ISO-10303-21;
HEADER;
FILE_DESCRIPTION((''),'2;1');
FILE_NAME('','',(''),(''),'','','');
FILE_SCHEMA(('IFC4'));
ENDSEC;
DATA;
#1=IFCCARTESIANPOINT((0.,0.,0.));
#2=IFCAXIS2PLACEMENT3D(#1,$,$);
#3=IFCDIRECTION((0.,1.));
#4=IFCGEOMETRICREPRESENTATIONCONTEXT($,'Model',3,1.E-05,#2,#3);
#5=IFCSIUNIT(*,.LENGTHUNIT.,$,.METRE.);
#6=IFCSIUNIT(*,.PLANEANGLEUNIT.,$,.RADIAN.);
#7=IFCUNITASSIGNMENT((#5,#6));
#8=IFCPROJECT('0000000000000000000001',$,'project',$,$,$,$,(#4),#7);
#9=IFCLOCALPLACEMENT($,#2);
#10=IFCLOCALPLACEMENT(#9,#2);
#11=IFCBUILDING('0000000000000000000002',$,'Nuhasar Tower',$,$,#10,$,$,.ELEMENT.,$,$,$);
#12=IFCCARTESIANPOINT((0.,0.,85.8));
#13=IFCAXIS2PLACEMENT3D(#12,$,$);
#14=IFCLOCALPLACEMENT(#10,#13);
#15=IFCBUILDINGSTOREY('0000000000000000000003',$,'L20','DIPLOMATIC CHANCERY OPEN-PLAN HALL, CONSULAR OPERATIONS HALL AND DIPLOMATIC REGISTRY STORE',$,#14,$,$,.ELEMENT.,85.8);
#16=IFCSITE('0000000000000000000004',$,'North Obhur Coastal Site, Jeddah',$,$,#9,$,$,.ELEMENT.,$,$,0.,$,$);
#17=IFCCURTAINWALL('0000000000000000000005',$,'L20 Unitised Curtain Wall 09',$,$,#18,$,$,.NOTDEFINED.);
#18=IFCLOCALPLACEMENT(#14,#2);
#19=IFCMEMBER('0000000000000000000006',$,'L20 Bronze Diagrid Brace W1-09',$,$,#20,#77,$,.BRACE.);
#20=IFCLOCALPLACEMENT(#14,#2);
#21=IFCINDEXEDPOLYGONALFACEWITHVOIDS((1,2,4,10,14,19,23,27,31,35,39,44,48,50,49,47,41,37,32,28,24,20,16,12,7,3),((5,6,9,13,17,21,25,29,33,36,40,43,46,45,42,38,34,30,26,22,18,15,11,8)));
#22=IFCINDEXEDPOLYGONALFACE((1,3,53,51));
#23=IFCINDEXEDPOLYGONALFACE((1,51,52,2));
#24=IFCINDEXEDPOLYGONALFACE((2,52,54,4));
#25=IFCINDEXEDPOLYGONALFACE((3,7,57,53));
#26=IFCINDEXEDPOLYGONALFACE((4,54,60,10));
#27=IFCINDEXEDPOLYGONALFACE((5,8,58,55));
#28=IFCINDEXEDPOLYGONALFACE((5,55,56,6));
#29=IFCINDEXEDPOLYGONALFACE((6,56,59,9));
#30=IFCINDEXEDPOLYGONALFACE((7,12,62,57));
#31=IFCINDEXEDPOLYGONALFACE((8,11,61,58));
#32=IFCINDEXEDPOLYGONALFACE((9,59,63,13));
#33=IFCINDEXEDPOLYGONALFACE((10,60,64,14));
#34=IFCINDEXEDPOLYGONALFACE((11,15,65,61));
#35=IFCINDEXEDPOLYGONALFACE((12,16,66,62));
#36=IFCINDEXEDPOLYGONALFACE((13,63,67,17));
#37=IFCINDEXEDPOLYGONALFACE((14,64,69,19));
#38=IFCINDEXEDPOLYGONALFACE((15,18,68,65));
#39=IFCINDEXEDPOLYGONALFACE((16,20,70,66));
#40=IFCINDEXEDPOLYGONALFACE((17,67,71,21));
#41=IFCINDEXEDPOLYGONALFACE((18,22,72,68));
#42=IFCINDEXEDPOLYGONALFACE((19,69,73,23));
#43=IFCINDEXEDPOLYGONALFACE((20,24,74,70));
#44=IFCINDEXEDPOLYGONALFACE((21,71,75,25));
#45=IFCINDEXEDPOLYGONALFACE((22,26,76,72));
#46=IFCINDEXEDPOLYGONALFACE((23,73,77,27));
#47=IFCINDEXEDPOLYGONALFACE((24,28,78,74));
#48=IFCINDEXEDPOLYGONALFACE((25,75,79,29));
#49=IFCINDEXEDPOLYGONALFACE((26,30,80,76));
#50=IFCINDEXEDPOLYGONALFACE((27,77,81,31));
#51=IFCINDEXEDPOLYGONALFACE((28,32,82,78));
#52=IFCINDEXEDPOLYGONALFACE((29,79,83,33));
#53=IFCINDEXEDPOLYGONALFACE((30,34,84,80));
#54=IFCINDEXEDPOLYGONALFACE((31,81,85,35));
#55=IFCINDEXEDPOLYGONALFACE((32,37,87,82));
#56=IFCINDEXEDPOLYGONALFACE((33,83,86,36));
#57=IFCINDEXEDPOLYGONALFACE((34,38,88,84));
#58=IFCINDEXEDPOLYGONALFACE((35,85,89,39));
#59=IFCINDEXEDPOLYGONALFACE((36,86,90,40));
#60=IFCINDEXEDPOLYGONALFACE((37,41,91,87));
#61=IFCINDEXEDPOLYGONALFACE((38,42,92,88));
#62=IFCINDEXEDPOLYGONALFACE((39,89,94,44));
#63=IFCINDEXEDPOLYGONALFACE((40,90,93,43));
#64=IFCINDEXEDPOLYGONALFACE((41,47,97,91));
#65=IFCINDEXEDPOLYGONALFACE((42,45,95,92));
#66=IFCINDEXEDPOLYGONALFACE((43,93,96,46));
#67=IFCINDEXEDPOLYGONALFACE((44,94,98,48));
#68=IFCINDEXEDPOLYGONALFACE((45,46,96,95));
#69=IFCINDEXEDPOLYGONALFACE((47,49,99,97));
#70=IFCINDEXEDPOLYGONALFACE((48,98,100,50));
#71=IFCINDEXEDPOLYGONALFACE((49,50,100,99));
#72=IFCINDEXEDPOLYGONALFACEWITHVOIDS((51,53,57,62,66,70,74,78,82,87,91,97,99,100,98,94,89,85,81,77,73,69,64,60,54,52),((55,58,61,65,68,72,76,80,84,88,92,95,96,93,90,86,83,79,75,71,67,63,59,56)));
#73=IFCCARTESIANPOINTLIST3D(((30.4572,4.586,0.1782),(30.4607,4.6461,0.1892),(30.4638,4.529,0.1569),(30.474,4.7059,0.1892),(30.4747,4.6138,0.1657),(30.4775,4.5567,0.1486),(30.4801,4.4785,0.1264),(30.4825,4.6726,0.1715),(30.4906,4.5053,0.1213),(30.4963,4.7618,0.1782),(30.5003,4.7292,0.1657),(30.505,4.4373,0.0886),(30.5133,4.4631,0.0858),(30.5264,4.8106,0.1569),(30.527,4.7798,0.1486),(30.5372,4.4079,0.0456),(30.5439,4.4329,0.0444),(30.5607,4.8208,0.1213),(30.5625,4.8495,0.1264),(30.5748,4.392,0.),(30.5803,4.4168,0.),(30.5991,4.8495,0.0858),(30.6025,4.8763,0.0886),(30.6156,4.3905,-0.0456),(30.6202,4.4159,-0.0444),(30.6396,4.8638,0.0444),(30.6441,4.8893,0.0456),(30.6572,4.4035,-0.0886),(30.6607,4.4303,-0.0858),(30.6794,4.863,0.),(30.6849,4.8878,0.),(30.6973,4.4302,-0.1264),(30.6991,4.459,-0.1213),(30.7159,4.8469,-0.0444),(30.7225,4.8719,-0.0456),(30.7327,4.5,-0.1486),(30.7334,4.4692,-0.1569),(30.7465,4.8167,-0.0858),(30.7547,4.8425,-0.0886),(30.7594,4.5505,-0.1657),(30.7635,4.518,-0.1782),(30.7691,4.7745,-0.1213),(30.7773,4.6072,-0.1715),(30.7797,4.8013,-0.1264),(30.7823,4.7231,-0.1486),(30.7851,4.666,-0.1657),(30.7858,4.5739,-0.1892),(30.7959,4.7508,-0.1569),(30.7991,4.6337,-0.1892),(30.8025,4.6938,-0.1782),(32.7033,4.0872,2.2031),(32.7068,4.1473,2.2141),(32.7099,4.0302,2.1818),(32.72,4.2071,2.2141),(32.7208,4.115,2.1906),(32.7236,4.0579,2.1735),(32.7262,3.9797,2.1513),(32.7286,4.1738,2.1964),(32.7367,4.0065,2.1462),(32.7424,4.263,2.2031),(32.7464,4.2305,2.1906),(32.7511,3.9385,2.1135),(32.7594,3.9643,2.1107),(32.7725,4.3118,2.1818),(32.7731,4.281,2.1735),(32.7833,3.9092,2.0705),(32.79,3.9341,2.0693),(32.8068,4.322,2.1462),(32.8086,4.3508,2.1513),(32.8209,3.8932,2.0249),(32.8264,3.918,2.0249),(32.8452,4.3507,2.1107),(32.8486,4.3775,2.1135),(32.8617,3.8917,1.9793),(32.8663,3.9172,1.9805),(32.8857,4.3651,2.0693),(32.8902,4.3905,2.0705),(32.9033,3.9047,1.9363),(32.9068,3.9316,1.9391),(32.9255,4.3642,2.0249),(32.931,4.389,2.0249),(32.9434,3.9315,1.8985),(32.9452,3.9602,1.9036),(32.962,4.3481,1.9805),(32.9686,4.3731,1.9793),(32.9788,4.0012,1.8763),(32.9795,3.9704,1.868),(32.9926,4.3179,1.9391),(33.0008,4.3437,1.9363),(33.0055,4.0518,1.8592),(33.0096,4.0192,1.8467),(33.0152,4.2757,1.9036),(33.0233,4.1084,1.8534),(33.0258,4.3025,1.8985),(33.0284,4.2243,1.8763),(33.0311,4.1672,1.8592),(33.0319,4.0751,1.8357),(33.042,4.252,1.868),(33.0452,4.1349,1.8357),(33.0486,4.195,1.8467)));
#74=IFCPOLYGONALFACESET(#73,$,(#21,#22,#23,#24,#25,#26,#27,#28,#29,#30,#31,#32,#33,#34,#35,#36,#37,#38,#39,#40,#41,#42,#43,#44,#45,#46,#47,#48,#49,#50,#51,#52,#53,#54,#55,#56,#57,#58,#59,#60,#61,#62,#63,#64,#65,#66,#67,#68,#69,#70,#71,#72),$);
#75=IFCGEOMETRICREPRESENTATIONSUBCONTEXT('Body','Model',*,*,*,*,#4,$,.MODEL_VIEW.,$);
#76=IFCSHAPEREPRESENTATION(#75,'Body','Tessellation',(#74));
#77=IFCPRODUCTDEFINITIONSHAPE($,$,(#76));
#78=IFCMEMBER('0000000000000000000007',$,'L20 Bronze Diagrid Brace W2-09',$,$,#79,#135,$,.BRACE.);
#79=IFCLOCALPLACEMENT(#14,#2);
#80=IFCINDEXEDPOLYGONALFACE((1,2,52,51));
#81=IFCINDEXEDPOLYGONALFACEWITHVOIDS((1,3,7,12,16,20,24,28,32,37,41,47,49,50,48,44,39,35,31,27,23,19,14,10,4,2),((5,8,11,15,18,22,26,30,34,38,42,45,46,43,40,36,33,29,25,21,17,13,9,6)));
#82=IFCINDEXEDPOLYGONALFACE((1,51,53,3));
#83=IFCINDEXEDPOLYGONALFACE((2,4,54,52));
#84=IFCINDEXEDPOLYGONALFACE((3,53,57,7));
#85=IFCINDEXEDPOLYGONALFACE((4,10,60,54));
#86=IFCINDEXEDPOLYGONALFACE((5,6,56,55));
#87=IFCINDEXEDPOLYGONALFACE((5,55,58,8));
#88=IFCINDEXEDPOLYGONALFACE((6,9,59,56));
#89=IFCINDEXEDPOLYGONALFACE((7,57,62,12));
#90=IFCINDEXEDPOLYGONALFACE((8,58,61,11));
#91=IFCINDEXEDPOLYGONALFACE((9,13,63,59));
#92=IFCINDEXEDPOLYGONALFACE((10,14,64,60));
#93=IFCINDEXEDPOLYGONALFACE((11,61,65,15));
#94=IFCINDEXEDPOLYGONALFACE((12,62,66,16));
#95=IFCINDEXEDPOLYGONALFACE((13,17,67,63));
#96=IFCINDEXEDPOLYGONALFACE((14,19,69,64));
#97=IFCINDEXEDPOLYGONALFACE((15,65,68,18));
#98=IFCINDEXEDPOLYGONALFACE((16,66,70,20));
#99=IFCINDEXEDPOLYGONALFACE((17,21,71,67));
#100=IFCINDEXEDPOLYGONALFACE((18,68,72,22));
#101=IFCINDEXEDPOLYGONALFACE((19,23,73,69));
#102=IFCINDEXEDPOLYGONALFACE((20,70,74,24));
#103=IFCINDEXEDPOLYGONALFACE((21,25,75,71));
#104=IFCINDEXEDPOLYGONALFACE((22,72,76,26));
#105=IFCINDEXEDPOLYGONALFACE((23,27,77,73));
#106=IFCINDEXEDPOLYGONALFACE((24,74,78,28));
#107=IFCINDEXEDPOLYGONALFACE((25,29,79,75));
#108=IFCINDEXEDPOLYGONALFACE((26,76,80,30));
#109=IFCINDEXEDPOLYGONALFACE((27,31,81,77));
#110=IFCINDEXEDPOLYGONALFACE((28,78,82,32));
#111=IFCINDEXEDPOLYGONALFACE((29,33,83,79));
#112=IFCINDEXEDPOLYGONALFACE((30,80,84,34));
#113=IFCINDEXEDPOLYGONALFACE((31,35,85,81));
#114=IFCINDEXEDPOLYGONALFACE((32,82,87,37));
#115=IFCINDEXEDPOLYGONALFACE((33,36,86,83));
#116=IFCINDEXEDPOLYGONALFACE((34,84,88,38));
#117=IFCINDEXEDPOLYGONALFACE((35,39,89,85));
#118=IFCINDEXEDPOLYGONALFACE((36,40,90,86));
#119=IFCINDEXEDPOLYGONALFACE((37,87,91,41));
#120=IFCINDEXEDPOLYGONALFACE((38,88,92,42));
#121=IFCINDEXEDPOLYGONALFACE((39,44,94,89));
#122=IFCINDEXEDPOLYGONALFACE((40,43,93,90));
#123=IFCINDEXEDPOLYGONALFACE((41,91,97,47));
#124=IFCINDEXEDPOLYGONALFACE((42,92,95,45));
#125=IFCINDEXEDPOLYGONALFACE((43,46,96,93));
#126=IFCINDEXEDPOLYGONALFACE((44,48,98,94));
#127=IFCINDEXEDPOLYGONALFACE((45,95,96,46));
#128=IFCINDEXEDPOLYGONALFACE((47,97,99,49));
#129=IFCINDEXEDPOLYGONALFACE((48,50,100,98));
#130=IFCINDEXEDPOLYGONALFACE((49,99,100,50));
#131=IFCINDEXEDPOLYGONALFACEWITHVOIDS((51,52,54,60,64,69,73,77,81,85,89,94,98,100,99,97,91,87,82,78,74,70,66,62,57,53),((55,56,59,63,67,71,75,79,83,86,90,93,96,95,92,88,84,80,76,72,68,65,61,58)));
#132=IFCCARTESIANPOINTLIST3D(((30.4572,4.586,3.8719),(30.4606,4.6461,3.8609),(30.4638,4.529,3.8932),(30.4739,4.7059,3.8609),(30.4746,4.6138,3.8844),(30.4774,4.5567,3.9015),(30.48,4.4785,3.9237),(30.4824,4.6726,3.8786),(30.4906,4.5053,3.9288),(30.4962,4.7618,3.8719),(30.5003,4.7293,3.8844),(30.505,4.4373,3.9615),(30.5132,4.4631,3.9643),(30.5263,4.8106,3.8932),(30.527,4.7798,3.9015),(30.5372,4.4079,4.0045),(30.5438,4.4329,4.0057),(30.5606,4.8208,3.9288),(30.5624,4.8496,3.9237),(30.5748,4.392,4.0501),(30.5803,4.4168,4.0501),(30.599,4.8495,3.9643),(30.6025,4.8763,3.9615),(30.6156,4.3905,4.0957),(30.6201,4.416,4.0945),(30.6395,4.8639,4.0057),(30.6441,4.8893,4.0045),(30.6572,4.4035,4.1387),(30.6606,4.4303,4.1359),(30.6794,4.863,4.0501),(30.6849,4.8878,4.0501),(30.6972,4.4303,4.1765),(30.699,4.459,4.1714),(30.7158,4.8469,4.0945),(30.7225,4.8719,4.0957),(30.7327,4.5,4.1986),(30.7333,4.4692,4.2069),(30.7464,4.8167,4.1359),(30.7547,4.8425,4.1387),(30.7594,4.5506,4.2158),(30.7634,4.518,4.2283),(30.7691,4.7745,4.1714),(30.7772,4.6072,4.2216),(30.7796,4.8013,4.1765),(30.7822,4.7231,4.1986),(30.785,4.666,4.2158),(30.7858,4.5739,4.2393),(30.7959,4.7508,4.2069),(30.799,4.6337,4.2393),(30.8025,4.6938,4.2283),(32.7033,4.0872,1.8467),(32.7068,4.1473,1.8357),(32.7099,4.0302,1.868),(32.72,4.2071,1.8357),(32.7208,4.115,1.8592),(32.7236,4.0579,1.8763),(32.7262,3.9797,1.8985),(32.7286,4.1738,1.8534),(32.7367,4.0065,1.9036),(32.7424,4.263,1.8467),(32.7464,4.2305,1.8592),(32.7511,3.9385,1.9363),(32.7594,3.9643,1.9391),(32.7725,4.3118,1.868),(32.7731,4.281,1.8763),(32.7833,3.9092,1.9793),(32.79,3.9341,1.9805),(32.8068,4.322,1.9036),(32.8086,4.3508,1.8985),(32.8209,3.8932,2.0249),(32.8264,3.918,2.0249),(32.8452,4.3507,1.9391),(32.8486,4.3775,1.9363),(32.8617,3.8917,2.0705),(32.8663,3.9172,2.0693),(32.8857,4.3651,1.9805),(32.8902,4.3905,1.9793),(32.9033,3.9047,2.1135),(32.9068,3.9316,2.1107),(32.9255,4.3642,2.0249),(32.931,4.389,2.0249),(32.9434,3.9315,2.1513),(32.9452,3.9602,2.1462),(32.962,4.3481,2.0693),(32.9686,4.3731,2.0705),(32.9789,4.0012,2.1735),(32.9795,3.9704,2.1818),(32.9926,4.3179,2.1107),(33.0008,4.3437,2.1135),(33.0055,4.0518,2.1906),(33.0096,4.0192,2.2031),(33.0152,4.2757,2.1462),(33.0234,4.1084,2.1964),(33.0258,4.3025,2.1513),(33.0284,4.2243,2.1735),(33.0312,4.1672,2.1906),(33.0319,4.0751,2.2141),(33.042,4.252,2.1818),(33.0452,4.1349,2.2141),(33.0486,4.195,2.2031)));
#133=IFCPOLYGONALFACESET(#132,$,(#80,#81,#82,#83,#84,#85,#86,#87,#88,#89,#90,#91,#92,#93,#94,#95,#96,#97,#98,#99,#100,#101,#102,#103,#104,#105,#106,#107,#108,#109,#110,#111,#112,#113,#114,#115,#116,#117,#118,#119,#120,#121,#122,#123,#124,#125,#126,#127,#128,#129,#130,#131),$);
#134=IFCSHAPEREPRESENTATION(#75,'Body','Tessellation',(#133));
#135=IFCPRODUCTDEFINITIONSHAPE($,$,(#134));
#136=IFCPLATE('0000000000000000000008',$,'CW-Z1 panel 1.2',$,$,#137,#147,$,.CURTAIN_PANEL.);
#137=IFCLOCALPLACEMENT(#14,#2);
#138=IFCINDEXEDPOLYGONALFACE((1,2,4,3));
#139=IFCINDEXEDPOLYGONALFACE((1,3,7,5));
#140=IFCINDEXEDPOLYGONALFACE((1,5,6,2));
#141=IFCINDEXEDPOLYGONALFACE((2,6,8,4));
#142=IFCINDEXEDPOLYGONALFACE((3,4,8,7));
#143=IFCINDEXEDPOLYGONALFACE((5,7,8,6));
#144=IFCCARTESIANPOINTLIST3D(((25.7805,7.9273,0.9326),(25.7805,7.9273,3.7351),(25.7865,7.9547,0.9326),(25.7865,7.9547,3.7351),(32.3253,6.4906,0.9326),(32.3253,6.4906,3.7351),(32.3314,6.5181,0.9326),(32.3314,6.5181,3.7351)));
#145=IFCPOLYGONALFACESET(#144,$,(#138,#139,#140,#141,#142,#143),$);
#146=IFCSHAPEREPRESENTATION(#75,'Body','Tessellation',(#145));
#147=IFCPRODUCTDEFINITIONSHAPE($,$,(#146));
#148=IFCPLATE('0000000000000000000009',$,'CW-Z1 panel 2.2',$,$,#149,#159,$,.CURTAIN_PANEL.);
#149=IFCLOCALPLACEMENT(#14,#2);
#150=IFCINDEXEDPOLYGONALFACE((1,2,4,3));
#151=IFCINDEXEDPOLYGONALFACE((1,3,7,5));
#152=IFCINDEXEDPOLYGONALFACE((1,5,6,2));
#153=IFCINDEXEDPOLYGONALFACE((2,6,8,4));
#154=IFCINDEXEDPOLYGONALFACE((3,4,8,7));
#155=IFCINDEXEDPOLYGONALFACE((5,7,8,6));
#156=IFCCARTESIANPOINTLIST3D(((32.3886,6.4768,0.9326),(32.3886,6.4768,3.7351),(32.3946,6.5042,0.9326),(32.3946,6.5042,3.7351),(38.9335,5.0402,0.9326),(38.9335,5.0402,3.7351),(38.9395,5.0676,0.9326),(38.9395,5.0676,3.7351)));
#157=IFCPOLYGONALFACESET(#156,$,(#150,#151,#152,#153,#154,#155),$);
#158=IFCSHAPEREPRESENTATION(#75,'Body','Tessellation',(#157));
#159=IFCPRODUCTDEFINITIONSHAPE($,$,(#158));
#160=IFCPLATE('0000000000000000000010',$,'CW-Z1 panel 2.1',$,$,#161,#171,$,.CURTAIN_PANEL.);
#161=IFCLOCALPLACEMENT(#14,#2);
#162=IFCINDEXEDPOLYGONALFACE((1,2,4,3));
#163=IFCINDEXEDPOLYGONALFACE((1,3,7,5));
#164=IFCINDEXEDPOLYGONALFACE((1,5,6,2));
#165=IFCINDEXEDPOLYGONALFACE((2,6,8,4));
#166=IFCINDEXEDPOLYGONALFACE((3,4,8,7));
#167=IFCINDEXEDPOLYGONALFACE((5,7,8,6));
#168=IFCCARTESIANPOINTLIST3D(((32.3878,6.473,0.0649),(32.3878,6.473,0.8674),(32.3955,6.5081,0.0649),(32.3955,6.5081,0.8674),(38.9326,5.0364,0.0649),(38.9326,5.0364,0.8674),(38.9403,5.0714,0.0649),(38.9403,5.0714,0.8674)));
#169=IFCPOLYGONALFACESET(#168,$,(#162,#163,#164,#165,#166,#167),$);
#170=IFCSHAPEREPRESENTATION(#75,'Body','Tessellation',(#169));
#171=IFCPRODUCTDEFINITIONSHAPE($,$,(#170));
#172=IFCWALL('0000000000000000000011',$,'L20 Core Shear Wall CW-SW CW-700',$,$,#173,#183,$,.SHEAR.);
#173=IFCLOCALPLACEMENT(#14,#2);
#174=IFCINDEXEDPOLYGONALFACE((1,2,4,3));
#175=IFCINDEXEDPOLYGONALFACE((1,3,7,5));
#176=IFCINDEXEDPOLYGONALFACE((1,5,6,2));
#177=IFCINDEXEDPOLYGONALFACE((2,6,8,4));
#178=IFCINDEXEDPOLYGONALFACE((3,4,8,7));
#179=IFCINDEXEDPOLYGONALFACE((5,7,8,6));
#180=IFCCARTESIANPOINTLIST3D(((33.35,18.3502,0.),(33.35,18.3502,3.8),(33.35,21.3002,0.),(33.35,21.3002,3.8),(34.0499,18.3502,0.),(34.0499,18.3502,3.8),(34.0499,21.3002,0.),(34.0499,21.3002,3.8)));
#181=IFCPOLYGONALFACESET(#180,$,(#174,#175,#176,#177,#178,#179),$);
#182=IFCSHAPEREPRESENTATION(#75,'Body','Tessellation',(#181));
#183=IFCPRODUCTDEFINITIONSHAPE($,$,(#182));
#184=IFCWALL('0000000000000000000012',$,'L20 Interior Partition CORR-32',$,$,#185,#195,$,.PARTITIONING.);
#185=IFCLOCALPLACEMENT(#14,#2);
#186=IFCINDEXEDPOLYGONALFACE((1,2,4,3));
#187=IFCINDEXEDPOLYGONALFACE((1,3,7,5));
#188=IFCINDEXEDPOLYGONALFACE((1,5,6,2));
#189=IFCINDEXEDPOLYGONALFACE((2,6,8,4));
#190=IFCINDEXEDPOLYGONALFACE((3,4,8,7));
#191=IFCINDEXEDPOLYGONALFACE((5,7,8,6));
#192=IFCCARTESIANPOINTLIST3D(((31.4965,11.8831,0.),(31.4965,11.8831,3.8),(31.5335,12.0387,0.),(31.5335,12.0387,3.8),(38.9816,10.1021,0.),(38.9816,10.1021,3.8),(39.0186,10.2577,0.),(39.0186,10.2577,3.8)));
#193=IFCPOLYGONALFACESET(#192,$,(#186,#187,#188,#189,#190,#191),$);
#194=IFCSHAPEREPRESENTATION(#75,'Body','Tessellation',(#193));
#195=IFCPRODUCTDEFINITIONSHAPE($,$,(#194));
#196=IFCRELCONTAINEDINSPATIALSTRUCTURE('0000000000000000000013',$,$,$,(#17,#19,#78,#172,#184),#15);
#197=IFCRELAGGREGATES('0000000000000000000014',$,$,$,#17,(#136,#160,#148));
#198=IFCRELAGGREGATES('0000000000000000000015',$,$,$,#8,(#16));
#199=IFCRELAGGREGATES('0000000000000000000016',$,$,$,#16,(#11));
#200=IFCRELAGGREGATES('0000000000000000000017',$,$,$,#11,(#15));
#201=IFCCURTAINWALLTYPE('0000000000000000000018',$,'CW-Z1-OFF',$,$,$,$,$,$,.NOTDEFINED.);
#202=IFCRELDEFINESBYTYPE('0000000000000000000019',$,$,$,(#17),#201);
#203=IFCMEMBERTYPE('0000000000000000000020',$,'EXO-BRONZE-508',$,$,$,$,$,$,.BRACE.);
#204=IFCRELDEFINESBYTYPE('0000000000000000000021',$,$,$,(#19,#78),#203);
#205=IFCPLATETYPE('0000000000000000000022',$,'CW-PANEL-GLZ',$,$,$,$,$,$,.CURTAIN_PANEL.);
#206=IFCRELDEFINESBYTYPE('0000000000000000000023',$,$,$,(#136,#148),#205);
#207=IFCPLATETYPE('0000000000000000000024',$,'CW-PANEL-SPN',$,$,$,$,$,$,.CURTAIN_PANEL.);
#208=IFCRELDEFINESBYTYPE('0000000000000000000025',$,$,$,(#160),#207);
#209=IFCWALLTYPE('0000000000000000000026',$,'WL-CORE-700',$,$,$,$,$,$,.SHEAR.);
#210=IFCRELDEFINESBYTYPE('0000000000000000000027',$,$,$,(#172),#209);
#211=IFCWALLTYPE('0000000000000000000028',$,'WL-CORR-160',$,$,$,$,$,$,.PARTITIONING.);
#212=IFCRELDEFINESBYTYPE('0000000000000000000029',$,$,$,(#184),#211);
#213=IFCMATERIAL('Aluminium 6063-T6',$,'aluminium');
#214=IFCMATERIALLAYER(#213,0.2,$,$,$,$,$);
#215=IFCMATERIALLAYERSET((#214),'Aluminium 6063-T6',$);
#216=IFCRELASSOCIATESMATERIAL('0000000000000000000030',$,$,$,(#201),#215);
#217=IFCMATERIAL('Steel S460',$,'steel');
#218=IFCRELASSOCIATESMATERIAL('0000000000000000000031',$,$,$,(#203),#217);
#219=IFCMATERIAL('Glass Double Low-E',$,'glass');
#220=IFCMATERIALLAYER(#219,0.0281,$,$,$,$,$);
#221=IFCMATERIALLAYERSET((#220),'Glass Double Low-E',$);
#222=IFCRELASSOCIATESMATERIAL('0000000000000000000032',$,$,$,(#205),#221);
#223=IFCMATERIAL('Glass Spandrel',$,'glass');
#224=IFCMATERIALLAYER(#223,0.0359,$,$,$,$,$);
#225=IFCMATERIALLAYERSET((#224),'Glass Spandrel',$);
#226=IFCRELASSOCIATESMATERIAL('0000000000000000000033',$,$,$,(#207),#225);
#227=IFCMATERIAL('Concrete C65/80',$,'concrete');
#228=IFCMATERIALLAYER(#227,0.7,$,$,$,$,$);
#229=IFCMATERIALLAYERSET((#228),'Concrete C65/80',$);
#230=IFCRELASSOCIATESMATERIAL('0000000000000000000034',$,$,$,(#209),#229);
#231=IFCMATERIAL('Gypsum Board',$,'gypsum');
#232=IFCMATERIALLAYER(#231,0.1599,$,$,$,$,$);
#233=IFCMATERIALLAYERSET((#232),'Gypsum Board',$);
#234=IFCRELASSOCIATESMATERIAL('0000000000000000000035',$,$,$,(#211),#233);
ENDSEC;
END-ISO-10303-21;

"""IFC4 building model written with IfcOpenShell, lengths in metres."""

from ifc_helpers import new_model, si_unit, direction, frame, frame_2d, origin, origin_2d, place, context, subcontext, project, spatial, rectangle, hollow_circle, extrude, material, layer, layer_set, material_profile, profile_set, type_object, element, aggregate, save


model = new_model("IFC4")

# Units and contexts
model_context = context("Model", 3, precision=1e-05, world=origin(), true_north=direction((0.0, 1.0)))
body_context = subcontext(model_context, "Body", "Model", "MODEL_VIEW")
ifc_project = project(units=[si_unit("LENGTHUNIT", "METRE"), si_unit("PLANEANGLEUNIT", "RADIAN")], contexts=[model_context])

# Site, building, storey
site_placement = place(None, origin())
site = spatial("IfcSite", under=ifc_project, at=site_placement, Name="North Obhur Coastal Site, Jeddah", CompositionType="ELEMENT", RefElevation=0.0)
building_placement = place(site_placement, origin())
building = spatial("IfcBuilding", under=site, at=building_placement, Name="Nuhasar Tower", CompositionType="ELEMENT")
storey_placement = place(building_placement, frame((0.0, 0.0, 85.8)))
storey = spatial("IfcBuildingStorey", under=building, at=storey_placement, Name="L20", Description="DIPLOMATIC CHANCERY OPEN-PLAN HALL, CONSULAR OPERATIONS HALL AND DIPLOMATIC REGISTRY STORE", CompositionType="ELEMENT", Elevation=85.8)

# Curtain wall
ifc_material_1 = material(Name="Aluminium 6063-T6", Category="aluminium")
ifc_layer_1 = layer(ifc_material_1, 0.2)
ifc_layer_set_1 = layer_set([ifc_layer_1], Name="Aluminium 6063-T6")
curtain_wall_type = type_object("IfcCurtainWallType", Name="CW-Z1-OFF", PredefinedType="NOTDEFINED", material=ifc_layer_set_1)
curtain_wall_placement = place(storey_placement, origin())
curtain_wall = element("IfcCurtainWall", 1, at=curtain_wall_placement, inside=storey, type_object=curtain_wall_type, Name="L20 Unitised Curtain Wall 09", PredefinedType="NOTDEFINED")

# Members
ifc_material_2 = material(Name="Steel S460", Category="steel")
ifc_material_profile_1 = material_profile(ifc_material_2, hollow_circle(Radius=0.2539, WallThickness=0.0254, at=origin_2d()), Name="HSS508X25.4")
ifc_profile_set_1 = profile_set([ifc_material_profile_1], Name="Steel S460")
member_type_1 = type_object("IfcMemberType", Name="EXO-BRONZE-508", PredefinedType="BRACE", material=ifc_profile_set_1)
member_1_placement = place(storey_placement, frame((30.6299, 4.6399, 0.0), z_axis=(0.732831, -0.162736, 0.660663), x_axis=(0.216784, 0.97622, 0.0)))
element("IfcMember", 2, at=member_1_placement, inside=storey, type_object=member_type_1, Name="L20 Bronze Diagrid Brace W1-09", PredefinedType="BRACE", context=body_context, shape_type="SweptSolid", body=[
    extrude(hollow_circle(Radius=0.2539, WallThickness=0.0254, at=origin_2d()), origin(), (0.0, 0.0, 1.0), 3.0649),
])
member_2_placement = place(storey_placement, frame((32.876, 4.1411, 2.0249), z_axis=(-0.732792, 0.162728, 0.660708), x_axis=(-0.216784, -0.97622, 0.0)))
element("IfcMember", 3, at=member_2_placement, inside=storey, type_object=member_type_1, Name="L20 Bronze Diagrid Brace W2-09", PredefinedType="BRACE", context=body_context, shape_type="SweptSolid", body=[
    extrude(hollow_circle(Radius=0.2539, WallThickness=0.0254, at=origin_2d()), origin(), (0.0, 0.0, 1.0), 3.0652),
])

# Plates
ifc_material_3 = material(Name="Glass Double Low-E", Category="glass")
ifc_layer_2 = layer(ifc_material_3, 0.0281)
ifc_layer_set_2 = layer_set([ifc_layer_2], Name="Glass Double Low-E")
plate_type_1 = type_object("IfcPlateType", Name="CW-PANEL-GLZ", PredefinedType="CURTAIN_PANEL", material=ifc_layer_set_2)
plate_1_placement = place(storey_placement, frame((29.0559, 7.2227, 0.9326), z_axis=(0.0, 0.0, 1.0), x_axis=(0.976746, -0.214399, 0.0)))
plate_1 = element("IfcPlate", 4, at=plate_1_placement, type_object=plate_type_1, Name="CW-Z1 panel 1.2", PredefinedType="CURTAIN_PANEL", context=body_context, shape_type="SweptSolid", body=[
    extrude(rectangle(XDim=6.7007, YDim=0.0281, at=origin_2d()), origin(), (0.0, 0.0, 1.0), 2.8025),
])
plate_2_placement = place(storey_placement, frame((35.6641, 5.7722, 0.9326), z_axis=(0.0, 0.0, 1.0), x_axis=(0.976746, -0.214399, 0.0)))
plate_2 = element("IfcPlate", 5, at=plate_2_placement, type_object=plate_type_1, Name="CW-Z1 panel 2.2", PredefinedType="CURTAIN_PANEL", context=body_context, shape_type="SweptSolid", body=[
    extrude(rectangle(XDim=6.7007, YDim=0.0281, at=origin_2d()), origin(), (0.0, 0.0, 1.0), 2.8025),
])
ifc_material_4 = material(Name="Glass Spandrel", Category="glass")
ifc_layer_3 = layer(ifc_material_4, 0.0359)
ifc_layer_set_3 = layer_set([ifc_layer_3], Name="Glass Spandrel")
plate_type_2 = type_object("IfcPlateType", Name="CW-PANEL-SPN", PredefinedType="CURTAIN_PANEL", material=ifc_layer_set_3)
plate_3_placement = place(storey_placement, frame((35.6641, 5.7722, 0.0649), z_axis=(0.0, 0.0, 1.0), x_axis=(0.976746, -0.214399, 0.0)))
plate_3 = element("IfcPlate", 6, at=plate_3_placement, type_object=plate_type_2, Name="CW-Z1 panel 2.1", PredefinedType="CURTAIN_PANEL", context=body_context, shape_type="SweptSolid", body=[
    extrude(rectangle(XDim=6.7007, YDim=0.0359, at=origin_2d()), origin(), (0.0, 0.0, 1.0), 0.8025),
])
aggregate(curtain_wall, [plate_1, plate_3, plate_2])

# Walls
ifc_material_5 = material(Name="Concrete C65/80", Category="concrete")
ifc_layer_4 = layer(ifc_material_5, 0.7)
ifc_layer_set_4 = layer_set([ifc_layer_4], Name="Concrete C65/80")
wall_type_1 = type_object("IfcWallType", Name="WL-CORE-700", PredefinedType="SHEAR", material=ifc_layer_set_4)
wall_1_placement = place(storey_placement, frame((33.7, 18.3501, 0.0), z_axis=(0.0, 0.0, 1.0), x_axis=(0.0, 1.0, 0.0)))
element("IfcWall", 7, at=wall_1_placement, inside=storey, type_object=wall_type_1, Name="L20 Core Shear Wall CW-SW CW-700", PredefinedType="SHEAR", context=body_context, shape_type="SweptSolid", body=[
    extrude(rectangle(XDim=2.95, YDim=0.7, at=frame_2d((1.4751, 0.0))), origin(), (0.0, 0.0, 1.0), 3.8),
])
ifc_material_6 = material(Name="Gypsum Board", Category="gypsum")
ifc_layer_5 = layer(ifc_material_6, 0.1599)
ifc_layer_set_5 = layer_set([ifc_layer_5], Name="Gypsum Board")
wall_type_2 = type_object("IfcWallType", Name="WL-CORR-160", PredefinedType="PARTITIONING", material=ifc_layer_set_5)
wall_2_placement = place(storey_placement, frame((31.5149, 11.9609, 0.0), z_axis=(0.0, 0.0, 1.0), x_axis=(0.97284, -0.231478, 0.0)))
element("IfcWall", 8, at=wall_2_placement, inside=storey, type_object=wall_type_2, Name="L20 Interior Partition CORR-32", PredefinedType="PARTITIONING", context=body_context, shape_type="SweptSolid", body=[
    extrude(rectangle(XDim=7.6941, YDim=0.1599, at=frame_2d((3.8472, 0.0))), origin(), (0.0, 0.0, 1.0), 3.8),
])

save(model, "model.ifc")
